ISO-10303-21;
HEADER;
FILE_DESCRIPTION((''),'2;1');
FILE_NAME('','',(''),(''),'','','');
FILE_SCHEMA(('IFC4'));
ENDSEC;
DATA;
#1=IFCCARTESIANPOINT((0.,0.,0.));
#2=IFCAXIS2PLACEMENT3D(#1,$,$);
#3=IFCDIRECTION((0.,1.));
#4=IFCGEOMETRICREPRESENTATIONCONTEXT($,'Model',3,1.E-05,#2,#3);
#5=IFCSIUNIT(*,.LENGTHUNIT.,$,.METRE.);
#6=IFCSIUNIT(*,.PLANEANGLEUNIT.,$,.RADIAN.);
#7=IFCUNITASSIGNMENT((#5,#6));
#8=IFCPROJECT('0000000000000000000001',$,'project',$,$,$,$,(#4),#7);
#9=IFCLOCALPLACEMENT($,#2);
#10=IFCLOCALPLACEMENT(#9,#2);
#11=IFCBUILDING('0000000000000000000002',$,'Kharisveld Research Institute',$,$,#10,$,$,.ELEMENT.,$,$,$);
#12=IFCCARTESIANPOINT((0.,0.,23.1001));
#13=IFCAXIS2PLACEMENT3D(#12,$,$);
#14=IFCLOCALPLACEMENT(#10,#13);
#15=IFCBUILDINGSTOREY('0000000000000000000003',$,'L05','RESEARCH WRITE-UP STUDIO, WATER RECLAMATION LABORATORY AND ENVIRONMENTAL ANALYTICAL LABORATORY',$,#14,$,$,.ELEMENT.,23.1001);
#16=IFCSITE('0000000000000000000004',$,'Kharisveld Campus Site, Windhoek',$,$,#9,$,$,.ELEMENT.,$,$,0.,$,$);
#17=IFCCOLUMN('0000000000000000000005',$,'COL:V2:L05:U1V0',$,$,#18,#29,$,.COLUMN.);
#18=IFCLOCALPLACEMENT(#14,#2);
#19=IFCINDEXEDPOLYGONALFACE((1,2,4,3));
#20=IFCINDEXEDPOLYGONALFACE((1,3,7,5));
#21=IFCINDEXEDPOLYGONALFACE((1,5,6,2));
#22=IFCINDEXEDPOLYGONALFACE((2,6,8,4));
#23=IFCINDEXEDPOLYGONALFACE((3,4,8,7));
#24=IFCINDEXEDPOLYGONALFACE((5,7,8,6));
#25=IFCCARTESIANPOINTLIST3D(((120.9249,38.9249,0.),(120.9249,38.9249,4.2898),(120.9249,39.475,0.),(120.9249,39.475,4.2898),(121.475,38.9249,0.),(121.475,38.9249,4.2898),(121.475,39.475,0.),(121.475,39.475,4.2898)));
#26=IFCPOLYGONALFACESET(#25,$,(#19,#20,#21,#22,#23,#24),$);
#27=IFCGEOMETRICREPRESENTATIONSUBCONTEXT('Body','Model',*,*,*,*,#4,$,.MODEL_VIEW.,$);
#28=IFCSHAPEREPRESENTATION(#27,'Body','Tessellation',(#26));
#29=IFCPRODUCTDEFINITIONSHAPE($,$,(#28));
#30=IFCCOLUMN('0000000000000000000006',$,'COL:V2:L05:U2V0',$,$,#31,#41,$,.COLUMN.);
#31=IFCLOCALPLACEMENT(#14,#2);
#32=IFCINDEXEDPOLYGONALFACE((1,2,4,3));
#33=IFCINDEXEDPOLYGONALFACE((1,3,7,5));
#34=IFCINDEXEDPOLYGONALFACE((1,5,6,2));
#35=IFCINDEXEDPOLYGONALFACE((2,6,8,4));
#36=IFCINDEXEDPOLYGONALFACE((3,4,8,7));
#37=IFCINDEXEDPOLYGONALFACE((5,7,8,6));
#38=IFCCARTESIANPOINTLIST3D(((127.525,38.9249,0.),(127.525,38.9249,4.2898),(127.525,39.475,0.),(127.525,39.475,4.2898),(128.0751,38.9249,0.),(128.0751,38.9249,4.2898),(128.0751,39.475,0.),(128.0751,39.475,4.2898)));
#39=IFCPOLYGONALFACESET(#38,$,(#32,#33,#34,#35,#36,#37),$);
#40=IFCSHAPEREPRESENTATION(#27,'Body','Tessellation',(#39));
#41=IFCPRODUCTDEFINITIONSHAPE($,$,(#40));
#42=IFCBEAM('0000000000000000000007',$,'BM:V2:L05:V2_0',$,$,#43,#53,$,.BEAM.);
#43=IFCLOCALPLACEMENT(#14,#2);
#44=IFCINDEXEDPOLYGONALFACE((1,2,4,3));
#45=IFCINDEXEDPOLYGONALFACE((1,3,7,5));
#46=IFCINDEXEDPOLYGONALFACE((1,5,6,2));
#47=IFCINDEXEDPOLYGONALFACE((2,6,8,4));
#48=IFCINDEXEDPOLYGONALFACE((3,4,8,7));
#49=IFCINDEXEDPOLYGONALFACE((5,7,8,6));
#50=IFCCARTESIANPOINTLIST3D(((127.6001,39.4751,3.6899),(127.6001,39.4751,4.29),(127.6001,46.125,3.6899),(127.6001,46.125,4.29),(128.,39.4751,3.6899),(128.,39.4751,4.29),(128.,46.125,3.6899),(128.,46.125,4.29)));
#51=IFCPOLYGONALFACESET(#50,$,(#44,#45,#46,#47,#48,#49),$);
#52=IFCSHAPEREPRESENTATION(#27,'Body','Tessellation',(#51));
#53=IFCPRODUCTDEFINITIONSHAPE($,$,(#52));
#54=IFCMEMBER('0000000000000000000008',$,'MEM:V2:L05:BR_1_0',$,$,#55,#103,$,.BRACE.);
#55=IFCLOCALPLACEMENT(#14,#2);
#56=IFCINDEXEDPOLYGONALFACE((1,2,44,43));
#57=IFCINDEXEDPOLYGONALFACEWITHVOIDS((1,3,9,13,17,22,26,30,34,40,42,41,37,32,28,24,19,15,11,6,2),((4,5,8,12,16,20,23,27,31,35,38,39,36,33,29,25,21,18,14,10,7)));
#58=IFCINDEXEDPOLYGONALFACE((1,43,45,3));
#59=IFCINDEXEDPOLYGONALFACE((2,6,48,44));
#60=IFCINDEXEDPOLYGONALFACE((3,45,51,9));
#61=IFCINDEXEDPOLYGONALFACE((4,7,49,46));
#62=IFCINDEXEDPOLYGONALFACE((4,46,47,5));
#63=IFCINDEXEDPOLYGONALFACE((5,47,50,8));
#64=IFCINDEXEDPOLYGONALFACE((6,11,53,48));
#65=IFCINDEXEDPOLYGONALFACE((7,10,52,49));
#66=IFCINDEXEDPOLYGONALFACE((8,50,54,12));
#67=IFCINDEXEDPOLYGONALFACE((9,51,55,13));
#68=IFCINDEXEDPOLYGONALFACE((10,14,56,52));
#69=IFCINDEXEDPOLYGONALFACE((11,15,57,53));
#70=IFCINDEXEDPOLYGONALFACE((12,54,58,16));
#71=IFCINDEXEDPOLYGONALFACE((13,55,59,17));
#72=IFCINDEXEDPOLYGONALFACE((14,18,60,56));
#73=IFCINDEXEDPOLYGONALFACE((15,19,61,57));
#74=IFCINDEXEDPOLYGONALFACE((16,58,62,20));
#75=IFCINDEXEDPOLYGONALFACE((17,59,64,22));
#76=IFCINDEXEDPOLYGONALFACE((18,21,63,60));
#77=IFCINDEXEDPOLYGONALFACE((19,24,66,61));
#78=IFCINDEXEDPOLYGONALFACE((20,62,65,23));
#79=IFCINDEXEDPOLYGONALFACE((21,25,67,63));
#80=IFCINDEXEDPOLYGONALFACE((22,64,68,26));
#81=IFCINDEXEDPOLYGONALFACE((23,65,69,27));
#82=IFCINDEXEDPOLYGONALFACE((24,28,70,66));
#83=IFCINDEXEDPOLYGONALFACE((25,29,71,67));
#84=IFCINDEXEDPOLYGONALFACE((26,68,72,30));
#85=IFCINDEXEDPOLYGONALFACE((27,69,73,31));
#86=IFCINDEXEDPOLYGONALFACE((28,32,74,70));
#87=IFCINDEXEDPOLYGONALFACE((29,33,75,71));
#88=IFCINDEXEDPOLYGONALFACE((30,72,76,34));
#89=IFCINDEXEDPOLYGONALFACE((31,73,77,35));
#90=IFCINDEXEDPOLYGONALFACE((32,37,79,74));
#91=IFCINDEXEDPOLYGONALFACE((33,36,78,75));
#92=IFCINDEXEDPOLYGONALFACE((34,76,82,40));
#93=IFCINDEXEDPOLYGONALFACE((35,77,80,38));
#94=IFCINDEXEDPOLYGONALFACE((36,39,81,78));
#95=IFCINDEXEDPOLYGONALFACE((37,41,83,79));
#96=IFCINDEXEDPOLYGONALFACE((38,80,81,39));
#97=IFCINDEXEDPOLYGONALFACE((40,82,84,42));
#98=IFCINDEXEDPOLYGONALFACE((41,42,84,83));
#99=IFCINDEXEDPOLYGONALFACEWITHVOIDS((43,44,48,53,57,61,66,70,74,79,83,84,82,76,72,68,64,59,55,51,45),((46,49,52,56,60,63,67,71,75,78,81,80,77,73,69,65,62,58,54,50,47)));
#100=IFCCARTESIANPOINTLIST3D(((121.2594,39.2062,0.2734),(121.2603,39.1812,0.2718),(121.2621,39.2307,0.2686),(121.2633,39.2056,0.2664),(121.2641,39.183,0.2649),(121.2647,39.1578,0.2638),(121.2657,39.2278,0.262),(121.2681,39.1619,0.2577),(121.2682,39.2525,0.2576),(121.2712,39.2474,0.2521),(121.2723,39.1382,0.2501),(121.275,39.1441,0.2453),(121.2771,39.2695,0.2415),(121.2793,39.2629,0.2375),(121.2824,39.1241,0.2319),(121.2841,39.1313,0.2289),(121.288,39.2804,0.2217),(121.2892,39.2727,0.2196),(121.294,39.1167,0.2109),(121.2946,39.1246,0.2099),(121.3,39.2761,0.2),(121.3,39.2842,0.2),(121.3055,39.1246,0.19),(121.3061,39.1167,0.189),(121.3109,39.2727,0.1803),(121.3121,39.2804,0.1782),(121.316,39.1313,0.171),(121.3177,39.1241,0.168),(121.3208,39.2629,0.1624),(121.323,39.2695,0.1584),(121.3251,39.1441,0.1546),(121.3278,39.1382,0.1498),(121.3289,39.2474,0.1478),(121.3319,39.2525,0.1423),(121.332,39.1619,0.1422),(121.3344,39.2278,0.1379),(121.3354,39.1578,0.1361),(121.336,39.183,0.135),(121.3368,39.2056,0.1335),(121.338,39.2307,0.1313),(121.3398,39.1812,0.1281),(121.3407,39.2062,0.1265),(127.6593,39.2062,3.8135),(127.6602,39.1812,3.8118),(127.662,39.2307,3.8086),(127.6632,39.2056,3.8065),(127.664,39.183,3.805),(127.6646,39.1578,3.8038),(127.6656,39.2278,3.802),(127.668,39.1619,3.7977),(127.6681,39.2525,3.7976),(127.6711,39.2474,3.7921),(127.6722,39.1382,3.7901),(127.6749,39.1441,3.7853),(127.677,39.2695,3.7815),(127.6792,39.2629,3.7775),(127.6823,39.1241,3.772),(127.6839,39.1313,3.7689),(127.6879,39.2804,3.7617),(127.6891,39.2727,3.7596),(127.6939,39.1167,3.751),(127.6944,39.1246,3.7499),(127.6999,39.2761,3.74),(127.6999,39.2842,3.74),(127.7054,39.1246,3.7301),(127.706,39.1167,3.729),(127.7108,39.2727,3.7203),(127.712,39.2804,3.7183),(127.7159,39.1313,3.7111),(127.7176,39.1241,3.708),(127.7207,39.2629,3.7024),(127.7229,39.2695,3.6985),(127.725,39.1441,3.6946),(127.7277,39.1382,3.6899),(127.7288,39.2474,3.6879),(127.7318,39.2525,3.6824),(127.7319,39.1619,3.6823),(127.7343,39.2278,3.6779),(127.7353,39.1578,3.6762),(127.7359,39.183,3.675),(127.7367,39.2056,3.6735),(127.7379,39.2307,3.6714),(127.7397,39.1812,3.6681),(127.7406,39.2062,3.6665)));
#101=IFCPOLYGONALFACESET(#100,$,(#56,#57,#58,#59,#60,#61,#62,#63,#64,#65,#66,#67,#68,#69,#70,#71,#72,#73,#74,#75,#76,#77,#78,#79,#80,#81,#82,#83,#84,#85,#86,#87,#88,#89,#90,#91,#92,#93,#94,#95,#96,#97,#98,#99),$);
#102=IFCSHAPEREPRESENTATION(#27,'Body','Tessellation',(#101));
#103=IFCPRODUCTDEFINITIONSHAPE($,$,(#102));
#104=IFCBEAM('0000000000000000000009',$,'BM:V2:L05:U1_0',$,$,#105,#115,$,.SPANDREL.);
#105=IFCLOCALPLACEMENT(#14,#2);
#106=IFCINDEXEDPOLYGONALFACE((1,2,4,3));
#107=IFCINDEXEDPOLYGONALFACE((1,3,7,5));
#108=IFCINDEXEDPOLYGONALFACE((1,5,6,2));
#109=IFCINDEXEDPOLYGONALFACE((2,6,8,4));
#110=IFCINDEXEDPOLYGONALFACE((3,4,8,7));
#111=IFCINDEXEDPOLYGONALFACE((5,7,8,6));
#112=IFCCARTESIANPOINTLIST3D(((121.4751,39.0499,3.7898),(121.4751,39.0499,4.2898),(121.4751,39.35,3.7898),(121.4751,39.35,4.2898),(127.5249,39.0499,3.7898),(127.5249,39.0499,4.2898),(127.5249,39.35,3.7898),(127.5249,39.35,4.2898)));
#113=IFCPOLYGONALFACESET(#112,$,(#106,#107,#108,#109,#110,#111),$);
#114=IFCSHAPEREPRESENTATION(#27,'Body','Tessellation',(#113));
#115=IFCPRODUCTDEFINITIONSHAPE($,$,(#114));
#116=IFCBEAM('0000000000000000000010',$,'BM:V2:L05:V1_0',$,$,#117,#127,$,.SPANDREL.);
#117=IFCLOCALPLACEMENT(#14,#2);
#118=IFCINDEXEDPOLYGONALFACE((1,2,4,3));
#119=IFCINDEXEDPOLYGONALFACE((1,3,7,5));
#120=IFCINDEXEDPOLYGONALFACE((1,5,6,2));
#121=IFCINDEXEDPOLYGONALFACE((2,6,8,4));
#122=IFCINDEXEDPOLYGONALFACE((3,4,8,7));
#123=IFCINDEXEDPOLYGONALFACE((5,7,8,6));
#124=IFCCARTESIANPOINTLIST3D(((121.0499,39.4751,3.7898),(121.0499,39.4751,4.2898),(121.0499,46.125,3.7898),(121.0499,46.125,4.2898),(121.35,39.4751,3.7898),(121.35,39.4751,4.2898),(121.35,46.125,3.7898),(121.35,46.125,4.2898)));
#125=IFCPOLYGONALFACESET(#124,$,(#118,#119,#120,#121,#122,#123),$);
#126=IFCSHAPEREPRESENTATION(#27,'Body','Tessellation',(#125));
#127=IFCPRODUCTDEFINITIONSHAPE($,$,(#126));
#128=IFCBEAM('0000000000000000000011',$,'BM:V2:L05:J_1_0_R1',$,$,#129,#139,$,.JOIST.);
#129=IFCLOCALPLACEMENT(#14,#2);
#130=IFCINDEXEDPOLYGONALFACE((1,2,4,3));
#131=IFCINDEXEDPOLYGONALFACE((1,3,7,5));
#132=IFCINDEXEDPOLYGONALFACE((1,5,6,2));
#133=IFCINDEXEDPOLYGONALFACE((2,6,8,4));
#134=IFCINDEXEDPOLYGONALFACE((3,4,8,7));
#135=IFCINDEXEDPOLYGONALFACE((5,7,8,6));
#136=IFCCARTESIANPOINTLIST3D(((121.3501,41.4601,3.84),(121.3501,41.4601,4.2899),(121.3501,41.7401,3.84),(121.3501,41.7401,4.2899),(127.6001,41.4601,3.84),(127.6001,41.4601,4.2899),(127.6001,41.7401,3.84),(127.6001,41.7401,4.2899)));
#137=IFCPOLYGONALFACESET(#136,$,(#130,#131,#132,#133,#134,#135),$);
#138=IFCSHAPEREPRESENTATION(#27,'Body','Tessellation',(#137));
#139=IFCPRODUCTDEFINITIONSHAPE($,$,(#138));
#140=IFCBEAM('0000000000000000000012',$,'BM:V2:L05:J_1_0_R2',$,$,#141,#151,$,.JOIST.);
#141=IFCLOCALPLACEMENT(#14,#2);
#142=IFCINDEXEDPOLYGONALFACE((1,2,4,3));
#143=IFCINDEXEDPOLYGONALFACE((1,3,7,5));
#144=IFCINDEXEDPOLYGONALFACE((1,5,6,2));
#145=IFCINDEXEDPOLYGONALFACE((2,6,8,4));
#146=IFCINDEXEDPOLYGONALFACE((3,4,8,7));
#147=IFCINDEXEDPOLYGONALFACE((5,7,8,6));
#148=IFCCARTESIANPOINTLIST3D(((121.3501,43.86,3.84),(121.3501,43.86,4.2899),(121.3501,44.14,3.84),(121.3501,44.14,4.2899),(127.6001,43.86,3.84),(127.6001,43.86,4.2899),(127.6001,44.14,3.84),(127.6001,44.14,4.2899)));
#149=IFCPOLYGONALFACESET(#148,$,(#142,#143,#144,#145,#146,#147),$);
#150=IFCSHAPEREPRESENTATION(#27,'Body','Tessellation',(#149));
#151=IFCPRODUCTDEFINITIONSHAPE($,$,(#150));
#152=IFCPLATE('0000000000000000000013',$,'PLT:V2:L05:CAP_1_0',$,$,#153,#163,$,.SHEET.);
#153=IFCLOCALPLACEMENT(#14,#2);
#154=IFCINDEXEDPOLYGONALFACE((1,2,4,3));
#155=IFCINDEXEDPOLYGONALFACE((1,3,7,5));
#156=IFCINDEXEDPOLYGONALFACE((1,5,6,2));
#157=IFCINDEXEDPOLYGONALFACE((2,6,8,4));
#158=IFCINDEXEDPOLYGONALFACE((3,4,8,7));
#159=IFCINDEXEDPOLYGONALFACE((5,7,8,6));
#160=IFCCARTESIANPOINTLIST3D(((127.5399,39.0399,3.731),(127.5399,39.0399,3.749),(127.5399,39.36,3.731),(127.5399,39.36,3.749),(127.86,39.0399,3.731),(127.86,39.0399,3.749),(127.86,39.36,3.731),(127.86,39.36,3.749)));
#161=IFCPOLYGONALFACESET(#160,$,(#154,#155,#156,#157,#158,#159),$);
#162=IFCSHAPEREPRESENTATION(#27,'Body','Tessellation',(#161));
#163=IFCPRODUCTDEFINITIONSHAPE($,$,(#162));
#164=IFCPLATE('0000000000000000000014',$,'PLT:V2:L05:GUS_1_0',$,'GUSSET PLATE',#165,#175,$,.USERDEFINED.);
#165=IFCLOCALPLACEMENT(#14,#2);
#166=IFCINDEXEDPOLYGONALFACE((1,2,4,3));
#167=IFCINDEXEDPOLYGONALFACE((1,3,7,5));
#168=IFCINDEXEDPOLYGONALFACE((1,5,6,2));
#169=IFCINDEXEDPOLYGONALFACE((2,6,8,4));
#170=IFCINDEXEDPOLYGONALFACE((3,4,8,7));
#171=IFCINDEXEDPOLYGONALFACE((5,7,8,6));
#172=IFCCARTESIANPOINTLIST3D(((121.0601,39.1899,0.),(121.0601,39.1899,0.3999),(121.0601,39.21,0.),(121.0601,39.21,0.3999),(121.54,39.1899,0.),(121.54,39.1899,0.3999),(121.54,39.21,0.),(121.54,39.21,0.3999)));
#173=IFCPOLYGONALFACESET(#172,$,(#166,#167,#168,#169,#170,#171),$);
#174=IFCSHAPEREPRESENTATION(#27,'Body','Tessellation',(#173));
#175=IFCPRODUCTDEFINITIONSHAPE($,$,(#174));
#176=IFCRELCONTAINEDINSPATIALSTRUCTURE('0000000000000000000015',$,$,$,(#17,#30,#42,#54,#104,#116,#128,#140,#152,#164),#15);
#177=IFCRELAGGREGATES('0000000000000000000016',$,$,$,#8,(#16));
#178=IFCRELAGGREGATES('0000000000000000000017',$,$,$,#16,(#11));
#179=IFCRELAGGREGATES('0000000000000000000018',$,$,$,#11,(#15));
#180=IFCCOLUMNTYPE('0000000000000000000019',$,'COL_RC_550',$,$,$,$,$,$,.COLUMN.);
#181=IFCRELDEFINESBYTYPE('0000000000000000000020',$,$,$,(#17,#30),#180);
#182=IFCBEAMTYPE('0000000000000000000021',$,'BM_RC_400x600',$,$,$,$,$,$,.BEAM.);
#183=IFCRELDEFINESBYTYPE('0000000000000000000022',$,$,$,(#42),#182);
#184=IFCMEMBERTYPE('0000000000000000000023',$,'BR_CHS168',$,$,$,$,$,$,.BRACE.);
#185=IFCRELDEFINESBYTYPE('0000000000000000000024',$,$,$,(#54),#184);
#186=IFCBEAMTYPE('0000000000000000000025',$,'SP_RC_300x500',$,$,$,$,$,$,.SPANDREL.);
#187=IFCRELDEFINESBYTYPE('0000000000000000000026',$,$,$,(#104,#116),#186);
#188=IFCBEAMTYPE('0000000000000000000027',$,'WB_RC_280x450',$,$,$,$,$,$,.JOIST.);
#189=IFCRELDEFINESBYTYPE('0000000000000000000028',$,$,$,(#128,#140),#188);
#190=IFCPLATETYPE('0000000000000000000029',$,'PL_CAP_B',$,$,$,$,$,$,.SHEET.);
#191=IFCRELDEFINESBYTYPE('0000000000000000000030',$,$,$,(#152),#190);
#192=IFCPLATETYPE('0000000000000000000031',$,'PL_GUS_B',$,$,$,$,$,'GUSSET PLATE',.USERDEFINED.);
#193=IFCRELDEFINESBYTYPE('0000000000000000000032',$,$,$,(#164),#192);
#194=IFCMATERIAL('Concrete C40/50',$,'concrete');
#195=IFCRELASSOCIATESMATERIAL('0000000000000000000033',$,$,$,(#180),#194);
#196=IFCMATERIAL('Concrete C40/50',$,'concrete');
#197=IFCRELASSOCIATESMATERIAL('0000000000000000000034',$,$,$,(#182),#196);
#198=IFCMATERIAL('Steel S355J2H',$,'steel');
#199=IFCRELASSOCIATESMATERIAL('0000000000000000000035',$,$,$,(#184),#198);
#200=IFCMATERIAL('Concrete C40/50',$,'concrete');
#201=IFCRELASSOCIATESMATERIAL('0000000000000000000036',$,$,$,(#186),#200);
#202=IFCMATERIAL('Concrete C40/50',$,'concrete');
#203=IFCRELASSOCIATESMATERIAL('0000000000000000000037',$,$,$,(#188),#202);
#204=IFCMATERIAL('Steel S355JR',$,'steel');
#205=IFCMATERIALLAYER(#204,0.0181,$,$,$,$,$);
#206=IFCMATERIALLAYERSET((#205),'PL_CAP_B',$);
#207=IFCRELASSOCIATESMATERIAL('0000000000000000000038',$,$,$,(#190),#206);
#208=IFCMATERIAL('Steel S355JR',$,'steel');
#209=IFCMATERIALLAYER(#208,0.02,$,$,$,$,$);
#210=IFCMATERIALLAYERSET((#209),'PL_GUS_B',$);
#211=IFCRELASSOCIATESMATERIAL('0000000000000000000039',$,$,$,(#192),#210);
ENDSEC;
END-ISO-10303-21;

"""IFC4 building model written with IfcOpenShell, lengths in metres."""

from ifc_helpers import new_model, si_unit, direction, frame, origin, origin_2d, place, context, subcontext, project, spatial, rectangle, hollow_circle, extrude, material, layer, layer_set, material_profile, profile_set, type_object, element, save


model = new_model("IFC4")

# Units and contexts
model_context = context("Model", 3, precision=1e-05, world=origin(), true_north=direction((0.0, 1.0)))
body_context = subcontext(model_context, "Body", "Model", "MODEL_VIEW")
ifc_project = project(units=[si_unit("LENGTHUNIT", "METRE"), si_unit("PLANEANGLEUNIT", "RADIAN")], contexts=[model_context])

# Site, building, storey
site_placement = place(None, origin())
site = spatial("IfcSite", under=ifc_project, at=site_placement, Name="Kharisveld Campus Site, Windhoek", CompositionType="ELEMENT", RefElevation=0.0)
building_placement = place(site_placement, origin())
building = spatial("IfcBuilding", under=site, at=building_placement, Name="Kharisveld Research Institute", CompositionType="ELEMENT")
storey_placement = place(building_placement, frame((0.0, 0.0, 23.1001)))
storey = spatial("IfcBuildingStorey", under=building, at=storey_placement, Name="L05", Description="RESEARCH WRITE-UP STUDIO, WATER RECLAMATION LABORATORY AND ENVIRONMENTAL ANALYTICAL LABORATORY", CompositionType="ELEMENT", Elevation=23.1001)

# Columns
ifc_material_1 = material(Name="Concrete C40/50", Category="concrete")
ifc_material_profile_1 = material_profile(ifc_material_1, rectangle(XDim=0.55, YDim=0.55, at=origin_2d()))
ifc_profile_set_1 = profile_set([ifc_material_profile_1], Name="Concrete C40/50")
column_type = type_object("IfcColumnType", Name="COL_RC_550", PredefinedType="COLUMN", material=ifc_profile_set_1)
for number, where, z_axis, x_axis, name in (
    (1, (121.2, 39.2, 0.0), (0.0, 0.0, 1.0), (1.0, 0.0, 0.0), "COL:V2:L05:U1V0"),
    (2, (127.8, 39.2, 0.0), (0.0, 0.0, 1.0), (1.0, 0.0, 0.0), "COL:V2:L05:U2V0"),
):
    element("IfcColumn", number, at=place(storey_placement, frame(where, z_axis=z_axis, x_axis=x_axis)), inside=storey, type_object=column_type, Name=name, PredefinedType="COLUMN", context=body_context, shape_type="SweptSolid", body=[
        extrude(rectangle(XDim=0.55, YDim=0.55, at=origin_2d()), origin(), (0.0, 0.0, 1.0), 4.2898),
    ])

# Beam
ifc_material_2 = material(Name="Concrete C40/50", Category="concrete")
ifc_material_profile_2 = material_profile(ifc_material_2, rectangle(XDim=0.3999, YDim=0.6001, at=origin_2d()))
ifc_profile_set_2 = profile_set([ifc_material_profile_2], Name="Concrete C40/50")
beam_type_1 = type_object("IfcBeamType", Name="BM_RC_400x600", PredefinedType="BEAM", material=ifc_profile_set_2)
beam_1_placement = place(storey_placement, frame((127.8, 39.4751, 3.99), z_axis=(0.0, 1.0, 0.0), x_axis=(-1.0, 0.0, 0.0)))
element("IfcBeam", 3, at=beam_1_placement, inside=storey, type_object=beam_type_1, Name="BM:V2:L05:V2_0", PredefinedType="BEAM", context=body_context, shape_type="SweptSolid", body=[
    extrude(rectangle(XDim=0.3999, YDim=0.6001, at=origin_2d()), origin(), (0.0, 0.0, 1.0), 6.6499),
])

# Member
ifc_material_3 = material(Name="Steel S355J2H", Category="steel")
ifc_material_profile_3 = material_profile(ifc_material_3, hollow_circle(Radius=0.0842, WallThickness=0.0081, at=origin_2d()))
ifc_profile_set_3 = profile_set([ifc_material_profile_3], Name="Steel S355J2H")
member_type = type_object("IfcMemberType", Name="BR_CHS168", PredefinedType="BRACE", material=ifc_profile_set_3)
member_placement = place(storey_placement, frame((121.3, 39.2, 0.2), z_axis=(0.875053, 0.0, 0.484027), x_axis=(0.0, 1.0, 0.0)))
element("IfcMember", 4, at=member_placement, inside=storey, type_object=member_type, Name="MEM:V2:L05:BR_1_0", PredefinedType="BRACE", context=body_context, shape_type="SweptSolid", body=[
    extrude(hollow_circle(Radius=0.0842, WallThickness=0.0081, at=origin_2d()), origin(), (0.0, 0.0, 1.0), 7.3137),
])

# Beams
ifc_material_4 = material(Name="Concrete C40/50", Category="concrete")
ifc_material_profile_4 = material_profile(ifc_material_4, rectangle(XDim=0.3, YDim=0.5, at=origin_2d()))
ifc_profile_set_4 = profile_set([ifc_material_profile_4], Name="Concrete C40/50")
beam_type_2 = type_object("IfcBeamType", Name="SP_RC_300x500", PredefinedType="SPANDREL", material=ifc_profile_set_4)
beam_2_placement = place(storey_placement, frame((121.4751, 39.2, 4.0398), z_axis=(1.0, 0.0, 0.0), x_axis=(0.0, 1.0, 0.0)))
element("IfcBeam", 5, at=beam_2_placement, inside=storey, type_object=beam_type_2, Name="BM:V2:L05:U1_0", PredefinedType="SPANDREL", context=body_context, shape_type="SweptSolid", body=[
    extrude(rectangle(XDim=0.3, YDim=0.5, at=origin_2d()), origin(), (0.0, 0.0, 1.0), 6.0498),
])
beam_3_placement = place(storey_placement, frame((121.2, 39.4751, 4.0398), z_axis=(0.0, 1.0, 0.0), x_axis=(-1.0, 0.0, 0.0)))
element("IfcBeam", 6, at=beam_3_placement, inside=storey, type_object=beam_type_2, Name="BM:V2:L05:V1_0", PredefinedType="SPANDREL", context=body_context, shape_type="SweptSolid", body=[
    extrude(rectangle(XDim=0.3, YDim=0.5, at=origin_2d()), origin(), (0.0, 0.0, 1.0), 6.6499),
])
ifc_material_5 = material(Name="Concrete C40/50", Category="concrete")
ifc_material_profile_5 = material_profile(ifc_material_5, rectangle(XDim=0.28, YDim=0.45, at=origin_2d()))
ifc_profile_set_5 = profile_set([ifc_material_profile_5], Name="Concrete C40/50")
beam_type_3 = type_object("IfcBeamType", Name="WB_RC_280x450", PredefinedType="JOIST", material=ifc_profile_set_5)
for number, where, z_axis, x_axis, name in (
    (7, (121.3501, 41.6001, 4.0649), (1.0, 0.0, 0.0), (0.0, 1.0, 0.0), "BM:V2:L05:J_1_0_R1"),
    (8, (121.3501, 44.0, 4.0649), (1.0, 0.0, 0.0), (0.0, 1.0, 0.0), "BM:V2:L05:J_1_0_R2"),
):
    element("IfcBeam", number, at=place(storey_placement, frame(where, z_axis=z_axis, x_axis=x_axis)), inside=storey, type_object=beam_type_3, Name=name, PredefinedType="JOIST", context=body_context, shape_type="SweptSolid", body=[
        extrude(rectangle(XDim=0.28, YDim=0.45, at=origin_2d()), origin(), (0.0, 0.0, 1.0), 6.25),
    ])

# Plates
ifc_material_6 = material(Name="Steel S355JR", Category="steel")
ifc_layer_1 = layer(ifc_material_6, 0.0181)
ifc_layer_set_1 = layer_set([ifc_layer_1], Name="PL_CAP_B")
plate_type_1 = type_object("IfcPlateType", Name="PL_CAP_B", PredefinedType="SHEET", material=ifc_layer_set_1)
plate_1_placement = place(storey_placement, frame((127.7, 39.2, 3.731), z_axis=(0.0, 0.0, 1.0), x_axis=(1.0, 0.0, 0.0)))
element("IfcPlate", 9, at=plate_1_placement, inside=storey, type_object=plate_type_1, Name="PLT:V2:L05:CAP_1_0", PredefinedType="SHEET", context=body_context, shape_type="SweptSolid", body=[
    extrude(rectangle(XDim=0.3201, YDim=0.3201, at=origin_2d()), origin(), (0.0, 0.0, 1.0), 0.0181),
])
ifc_material_7 = material(Name="Steel S355JR", Category="steel")
ifc_layer_2 = layer(ifc_material_7, 0.02)
ifc_layer_set_2 = layer_set([ifc_layer_2], Name="PL_GUS_B")
plate_type_2 = type_object("IfcPlateType", Name="PL_GUS_B", ElementType="GUSSET PLATE", PredefinedType="USERDEFINED", material=ifc_layer_set_2)
plate_2_placement = place(storey_placement, frame((121.3, 39.2, 0.0), z_axis=(0.0, 0.0, 1.0), x_axis=(1.0, 0.0, 0.0)))
element("IfcPlate", 10, at=plate_2_placement, inside=storey, type_object=plate_type_2, Name="PLT:V2:L05:GUS_1_0", ObjectType="GUSSET PLATE", PredefinedType="USERDEFINED", context=body_context, shape_type="SweptSolid", body=[
    extrude(rectangle(XDim=0.48, YDim=0.02, at=origin_2d()), origin(), (0.0, 0.0, 1.0), 0.3999),
])

save(model, "model.ifc")
